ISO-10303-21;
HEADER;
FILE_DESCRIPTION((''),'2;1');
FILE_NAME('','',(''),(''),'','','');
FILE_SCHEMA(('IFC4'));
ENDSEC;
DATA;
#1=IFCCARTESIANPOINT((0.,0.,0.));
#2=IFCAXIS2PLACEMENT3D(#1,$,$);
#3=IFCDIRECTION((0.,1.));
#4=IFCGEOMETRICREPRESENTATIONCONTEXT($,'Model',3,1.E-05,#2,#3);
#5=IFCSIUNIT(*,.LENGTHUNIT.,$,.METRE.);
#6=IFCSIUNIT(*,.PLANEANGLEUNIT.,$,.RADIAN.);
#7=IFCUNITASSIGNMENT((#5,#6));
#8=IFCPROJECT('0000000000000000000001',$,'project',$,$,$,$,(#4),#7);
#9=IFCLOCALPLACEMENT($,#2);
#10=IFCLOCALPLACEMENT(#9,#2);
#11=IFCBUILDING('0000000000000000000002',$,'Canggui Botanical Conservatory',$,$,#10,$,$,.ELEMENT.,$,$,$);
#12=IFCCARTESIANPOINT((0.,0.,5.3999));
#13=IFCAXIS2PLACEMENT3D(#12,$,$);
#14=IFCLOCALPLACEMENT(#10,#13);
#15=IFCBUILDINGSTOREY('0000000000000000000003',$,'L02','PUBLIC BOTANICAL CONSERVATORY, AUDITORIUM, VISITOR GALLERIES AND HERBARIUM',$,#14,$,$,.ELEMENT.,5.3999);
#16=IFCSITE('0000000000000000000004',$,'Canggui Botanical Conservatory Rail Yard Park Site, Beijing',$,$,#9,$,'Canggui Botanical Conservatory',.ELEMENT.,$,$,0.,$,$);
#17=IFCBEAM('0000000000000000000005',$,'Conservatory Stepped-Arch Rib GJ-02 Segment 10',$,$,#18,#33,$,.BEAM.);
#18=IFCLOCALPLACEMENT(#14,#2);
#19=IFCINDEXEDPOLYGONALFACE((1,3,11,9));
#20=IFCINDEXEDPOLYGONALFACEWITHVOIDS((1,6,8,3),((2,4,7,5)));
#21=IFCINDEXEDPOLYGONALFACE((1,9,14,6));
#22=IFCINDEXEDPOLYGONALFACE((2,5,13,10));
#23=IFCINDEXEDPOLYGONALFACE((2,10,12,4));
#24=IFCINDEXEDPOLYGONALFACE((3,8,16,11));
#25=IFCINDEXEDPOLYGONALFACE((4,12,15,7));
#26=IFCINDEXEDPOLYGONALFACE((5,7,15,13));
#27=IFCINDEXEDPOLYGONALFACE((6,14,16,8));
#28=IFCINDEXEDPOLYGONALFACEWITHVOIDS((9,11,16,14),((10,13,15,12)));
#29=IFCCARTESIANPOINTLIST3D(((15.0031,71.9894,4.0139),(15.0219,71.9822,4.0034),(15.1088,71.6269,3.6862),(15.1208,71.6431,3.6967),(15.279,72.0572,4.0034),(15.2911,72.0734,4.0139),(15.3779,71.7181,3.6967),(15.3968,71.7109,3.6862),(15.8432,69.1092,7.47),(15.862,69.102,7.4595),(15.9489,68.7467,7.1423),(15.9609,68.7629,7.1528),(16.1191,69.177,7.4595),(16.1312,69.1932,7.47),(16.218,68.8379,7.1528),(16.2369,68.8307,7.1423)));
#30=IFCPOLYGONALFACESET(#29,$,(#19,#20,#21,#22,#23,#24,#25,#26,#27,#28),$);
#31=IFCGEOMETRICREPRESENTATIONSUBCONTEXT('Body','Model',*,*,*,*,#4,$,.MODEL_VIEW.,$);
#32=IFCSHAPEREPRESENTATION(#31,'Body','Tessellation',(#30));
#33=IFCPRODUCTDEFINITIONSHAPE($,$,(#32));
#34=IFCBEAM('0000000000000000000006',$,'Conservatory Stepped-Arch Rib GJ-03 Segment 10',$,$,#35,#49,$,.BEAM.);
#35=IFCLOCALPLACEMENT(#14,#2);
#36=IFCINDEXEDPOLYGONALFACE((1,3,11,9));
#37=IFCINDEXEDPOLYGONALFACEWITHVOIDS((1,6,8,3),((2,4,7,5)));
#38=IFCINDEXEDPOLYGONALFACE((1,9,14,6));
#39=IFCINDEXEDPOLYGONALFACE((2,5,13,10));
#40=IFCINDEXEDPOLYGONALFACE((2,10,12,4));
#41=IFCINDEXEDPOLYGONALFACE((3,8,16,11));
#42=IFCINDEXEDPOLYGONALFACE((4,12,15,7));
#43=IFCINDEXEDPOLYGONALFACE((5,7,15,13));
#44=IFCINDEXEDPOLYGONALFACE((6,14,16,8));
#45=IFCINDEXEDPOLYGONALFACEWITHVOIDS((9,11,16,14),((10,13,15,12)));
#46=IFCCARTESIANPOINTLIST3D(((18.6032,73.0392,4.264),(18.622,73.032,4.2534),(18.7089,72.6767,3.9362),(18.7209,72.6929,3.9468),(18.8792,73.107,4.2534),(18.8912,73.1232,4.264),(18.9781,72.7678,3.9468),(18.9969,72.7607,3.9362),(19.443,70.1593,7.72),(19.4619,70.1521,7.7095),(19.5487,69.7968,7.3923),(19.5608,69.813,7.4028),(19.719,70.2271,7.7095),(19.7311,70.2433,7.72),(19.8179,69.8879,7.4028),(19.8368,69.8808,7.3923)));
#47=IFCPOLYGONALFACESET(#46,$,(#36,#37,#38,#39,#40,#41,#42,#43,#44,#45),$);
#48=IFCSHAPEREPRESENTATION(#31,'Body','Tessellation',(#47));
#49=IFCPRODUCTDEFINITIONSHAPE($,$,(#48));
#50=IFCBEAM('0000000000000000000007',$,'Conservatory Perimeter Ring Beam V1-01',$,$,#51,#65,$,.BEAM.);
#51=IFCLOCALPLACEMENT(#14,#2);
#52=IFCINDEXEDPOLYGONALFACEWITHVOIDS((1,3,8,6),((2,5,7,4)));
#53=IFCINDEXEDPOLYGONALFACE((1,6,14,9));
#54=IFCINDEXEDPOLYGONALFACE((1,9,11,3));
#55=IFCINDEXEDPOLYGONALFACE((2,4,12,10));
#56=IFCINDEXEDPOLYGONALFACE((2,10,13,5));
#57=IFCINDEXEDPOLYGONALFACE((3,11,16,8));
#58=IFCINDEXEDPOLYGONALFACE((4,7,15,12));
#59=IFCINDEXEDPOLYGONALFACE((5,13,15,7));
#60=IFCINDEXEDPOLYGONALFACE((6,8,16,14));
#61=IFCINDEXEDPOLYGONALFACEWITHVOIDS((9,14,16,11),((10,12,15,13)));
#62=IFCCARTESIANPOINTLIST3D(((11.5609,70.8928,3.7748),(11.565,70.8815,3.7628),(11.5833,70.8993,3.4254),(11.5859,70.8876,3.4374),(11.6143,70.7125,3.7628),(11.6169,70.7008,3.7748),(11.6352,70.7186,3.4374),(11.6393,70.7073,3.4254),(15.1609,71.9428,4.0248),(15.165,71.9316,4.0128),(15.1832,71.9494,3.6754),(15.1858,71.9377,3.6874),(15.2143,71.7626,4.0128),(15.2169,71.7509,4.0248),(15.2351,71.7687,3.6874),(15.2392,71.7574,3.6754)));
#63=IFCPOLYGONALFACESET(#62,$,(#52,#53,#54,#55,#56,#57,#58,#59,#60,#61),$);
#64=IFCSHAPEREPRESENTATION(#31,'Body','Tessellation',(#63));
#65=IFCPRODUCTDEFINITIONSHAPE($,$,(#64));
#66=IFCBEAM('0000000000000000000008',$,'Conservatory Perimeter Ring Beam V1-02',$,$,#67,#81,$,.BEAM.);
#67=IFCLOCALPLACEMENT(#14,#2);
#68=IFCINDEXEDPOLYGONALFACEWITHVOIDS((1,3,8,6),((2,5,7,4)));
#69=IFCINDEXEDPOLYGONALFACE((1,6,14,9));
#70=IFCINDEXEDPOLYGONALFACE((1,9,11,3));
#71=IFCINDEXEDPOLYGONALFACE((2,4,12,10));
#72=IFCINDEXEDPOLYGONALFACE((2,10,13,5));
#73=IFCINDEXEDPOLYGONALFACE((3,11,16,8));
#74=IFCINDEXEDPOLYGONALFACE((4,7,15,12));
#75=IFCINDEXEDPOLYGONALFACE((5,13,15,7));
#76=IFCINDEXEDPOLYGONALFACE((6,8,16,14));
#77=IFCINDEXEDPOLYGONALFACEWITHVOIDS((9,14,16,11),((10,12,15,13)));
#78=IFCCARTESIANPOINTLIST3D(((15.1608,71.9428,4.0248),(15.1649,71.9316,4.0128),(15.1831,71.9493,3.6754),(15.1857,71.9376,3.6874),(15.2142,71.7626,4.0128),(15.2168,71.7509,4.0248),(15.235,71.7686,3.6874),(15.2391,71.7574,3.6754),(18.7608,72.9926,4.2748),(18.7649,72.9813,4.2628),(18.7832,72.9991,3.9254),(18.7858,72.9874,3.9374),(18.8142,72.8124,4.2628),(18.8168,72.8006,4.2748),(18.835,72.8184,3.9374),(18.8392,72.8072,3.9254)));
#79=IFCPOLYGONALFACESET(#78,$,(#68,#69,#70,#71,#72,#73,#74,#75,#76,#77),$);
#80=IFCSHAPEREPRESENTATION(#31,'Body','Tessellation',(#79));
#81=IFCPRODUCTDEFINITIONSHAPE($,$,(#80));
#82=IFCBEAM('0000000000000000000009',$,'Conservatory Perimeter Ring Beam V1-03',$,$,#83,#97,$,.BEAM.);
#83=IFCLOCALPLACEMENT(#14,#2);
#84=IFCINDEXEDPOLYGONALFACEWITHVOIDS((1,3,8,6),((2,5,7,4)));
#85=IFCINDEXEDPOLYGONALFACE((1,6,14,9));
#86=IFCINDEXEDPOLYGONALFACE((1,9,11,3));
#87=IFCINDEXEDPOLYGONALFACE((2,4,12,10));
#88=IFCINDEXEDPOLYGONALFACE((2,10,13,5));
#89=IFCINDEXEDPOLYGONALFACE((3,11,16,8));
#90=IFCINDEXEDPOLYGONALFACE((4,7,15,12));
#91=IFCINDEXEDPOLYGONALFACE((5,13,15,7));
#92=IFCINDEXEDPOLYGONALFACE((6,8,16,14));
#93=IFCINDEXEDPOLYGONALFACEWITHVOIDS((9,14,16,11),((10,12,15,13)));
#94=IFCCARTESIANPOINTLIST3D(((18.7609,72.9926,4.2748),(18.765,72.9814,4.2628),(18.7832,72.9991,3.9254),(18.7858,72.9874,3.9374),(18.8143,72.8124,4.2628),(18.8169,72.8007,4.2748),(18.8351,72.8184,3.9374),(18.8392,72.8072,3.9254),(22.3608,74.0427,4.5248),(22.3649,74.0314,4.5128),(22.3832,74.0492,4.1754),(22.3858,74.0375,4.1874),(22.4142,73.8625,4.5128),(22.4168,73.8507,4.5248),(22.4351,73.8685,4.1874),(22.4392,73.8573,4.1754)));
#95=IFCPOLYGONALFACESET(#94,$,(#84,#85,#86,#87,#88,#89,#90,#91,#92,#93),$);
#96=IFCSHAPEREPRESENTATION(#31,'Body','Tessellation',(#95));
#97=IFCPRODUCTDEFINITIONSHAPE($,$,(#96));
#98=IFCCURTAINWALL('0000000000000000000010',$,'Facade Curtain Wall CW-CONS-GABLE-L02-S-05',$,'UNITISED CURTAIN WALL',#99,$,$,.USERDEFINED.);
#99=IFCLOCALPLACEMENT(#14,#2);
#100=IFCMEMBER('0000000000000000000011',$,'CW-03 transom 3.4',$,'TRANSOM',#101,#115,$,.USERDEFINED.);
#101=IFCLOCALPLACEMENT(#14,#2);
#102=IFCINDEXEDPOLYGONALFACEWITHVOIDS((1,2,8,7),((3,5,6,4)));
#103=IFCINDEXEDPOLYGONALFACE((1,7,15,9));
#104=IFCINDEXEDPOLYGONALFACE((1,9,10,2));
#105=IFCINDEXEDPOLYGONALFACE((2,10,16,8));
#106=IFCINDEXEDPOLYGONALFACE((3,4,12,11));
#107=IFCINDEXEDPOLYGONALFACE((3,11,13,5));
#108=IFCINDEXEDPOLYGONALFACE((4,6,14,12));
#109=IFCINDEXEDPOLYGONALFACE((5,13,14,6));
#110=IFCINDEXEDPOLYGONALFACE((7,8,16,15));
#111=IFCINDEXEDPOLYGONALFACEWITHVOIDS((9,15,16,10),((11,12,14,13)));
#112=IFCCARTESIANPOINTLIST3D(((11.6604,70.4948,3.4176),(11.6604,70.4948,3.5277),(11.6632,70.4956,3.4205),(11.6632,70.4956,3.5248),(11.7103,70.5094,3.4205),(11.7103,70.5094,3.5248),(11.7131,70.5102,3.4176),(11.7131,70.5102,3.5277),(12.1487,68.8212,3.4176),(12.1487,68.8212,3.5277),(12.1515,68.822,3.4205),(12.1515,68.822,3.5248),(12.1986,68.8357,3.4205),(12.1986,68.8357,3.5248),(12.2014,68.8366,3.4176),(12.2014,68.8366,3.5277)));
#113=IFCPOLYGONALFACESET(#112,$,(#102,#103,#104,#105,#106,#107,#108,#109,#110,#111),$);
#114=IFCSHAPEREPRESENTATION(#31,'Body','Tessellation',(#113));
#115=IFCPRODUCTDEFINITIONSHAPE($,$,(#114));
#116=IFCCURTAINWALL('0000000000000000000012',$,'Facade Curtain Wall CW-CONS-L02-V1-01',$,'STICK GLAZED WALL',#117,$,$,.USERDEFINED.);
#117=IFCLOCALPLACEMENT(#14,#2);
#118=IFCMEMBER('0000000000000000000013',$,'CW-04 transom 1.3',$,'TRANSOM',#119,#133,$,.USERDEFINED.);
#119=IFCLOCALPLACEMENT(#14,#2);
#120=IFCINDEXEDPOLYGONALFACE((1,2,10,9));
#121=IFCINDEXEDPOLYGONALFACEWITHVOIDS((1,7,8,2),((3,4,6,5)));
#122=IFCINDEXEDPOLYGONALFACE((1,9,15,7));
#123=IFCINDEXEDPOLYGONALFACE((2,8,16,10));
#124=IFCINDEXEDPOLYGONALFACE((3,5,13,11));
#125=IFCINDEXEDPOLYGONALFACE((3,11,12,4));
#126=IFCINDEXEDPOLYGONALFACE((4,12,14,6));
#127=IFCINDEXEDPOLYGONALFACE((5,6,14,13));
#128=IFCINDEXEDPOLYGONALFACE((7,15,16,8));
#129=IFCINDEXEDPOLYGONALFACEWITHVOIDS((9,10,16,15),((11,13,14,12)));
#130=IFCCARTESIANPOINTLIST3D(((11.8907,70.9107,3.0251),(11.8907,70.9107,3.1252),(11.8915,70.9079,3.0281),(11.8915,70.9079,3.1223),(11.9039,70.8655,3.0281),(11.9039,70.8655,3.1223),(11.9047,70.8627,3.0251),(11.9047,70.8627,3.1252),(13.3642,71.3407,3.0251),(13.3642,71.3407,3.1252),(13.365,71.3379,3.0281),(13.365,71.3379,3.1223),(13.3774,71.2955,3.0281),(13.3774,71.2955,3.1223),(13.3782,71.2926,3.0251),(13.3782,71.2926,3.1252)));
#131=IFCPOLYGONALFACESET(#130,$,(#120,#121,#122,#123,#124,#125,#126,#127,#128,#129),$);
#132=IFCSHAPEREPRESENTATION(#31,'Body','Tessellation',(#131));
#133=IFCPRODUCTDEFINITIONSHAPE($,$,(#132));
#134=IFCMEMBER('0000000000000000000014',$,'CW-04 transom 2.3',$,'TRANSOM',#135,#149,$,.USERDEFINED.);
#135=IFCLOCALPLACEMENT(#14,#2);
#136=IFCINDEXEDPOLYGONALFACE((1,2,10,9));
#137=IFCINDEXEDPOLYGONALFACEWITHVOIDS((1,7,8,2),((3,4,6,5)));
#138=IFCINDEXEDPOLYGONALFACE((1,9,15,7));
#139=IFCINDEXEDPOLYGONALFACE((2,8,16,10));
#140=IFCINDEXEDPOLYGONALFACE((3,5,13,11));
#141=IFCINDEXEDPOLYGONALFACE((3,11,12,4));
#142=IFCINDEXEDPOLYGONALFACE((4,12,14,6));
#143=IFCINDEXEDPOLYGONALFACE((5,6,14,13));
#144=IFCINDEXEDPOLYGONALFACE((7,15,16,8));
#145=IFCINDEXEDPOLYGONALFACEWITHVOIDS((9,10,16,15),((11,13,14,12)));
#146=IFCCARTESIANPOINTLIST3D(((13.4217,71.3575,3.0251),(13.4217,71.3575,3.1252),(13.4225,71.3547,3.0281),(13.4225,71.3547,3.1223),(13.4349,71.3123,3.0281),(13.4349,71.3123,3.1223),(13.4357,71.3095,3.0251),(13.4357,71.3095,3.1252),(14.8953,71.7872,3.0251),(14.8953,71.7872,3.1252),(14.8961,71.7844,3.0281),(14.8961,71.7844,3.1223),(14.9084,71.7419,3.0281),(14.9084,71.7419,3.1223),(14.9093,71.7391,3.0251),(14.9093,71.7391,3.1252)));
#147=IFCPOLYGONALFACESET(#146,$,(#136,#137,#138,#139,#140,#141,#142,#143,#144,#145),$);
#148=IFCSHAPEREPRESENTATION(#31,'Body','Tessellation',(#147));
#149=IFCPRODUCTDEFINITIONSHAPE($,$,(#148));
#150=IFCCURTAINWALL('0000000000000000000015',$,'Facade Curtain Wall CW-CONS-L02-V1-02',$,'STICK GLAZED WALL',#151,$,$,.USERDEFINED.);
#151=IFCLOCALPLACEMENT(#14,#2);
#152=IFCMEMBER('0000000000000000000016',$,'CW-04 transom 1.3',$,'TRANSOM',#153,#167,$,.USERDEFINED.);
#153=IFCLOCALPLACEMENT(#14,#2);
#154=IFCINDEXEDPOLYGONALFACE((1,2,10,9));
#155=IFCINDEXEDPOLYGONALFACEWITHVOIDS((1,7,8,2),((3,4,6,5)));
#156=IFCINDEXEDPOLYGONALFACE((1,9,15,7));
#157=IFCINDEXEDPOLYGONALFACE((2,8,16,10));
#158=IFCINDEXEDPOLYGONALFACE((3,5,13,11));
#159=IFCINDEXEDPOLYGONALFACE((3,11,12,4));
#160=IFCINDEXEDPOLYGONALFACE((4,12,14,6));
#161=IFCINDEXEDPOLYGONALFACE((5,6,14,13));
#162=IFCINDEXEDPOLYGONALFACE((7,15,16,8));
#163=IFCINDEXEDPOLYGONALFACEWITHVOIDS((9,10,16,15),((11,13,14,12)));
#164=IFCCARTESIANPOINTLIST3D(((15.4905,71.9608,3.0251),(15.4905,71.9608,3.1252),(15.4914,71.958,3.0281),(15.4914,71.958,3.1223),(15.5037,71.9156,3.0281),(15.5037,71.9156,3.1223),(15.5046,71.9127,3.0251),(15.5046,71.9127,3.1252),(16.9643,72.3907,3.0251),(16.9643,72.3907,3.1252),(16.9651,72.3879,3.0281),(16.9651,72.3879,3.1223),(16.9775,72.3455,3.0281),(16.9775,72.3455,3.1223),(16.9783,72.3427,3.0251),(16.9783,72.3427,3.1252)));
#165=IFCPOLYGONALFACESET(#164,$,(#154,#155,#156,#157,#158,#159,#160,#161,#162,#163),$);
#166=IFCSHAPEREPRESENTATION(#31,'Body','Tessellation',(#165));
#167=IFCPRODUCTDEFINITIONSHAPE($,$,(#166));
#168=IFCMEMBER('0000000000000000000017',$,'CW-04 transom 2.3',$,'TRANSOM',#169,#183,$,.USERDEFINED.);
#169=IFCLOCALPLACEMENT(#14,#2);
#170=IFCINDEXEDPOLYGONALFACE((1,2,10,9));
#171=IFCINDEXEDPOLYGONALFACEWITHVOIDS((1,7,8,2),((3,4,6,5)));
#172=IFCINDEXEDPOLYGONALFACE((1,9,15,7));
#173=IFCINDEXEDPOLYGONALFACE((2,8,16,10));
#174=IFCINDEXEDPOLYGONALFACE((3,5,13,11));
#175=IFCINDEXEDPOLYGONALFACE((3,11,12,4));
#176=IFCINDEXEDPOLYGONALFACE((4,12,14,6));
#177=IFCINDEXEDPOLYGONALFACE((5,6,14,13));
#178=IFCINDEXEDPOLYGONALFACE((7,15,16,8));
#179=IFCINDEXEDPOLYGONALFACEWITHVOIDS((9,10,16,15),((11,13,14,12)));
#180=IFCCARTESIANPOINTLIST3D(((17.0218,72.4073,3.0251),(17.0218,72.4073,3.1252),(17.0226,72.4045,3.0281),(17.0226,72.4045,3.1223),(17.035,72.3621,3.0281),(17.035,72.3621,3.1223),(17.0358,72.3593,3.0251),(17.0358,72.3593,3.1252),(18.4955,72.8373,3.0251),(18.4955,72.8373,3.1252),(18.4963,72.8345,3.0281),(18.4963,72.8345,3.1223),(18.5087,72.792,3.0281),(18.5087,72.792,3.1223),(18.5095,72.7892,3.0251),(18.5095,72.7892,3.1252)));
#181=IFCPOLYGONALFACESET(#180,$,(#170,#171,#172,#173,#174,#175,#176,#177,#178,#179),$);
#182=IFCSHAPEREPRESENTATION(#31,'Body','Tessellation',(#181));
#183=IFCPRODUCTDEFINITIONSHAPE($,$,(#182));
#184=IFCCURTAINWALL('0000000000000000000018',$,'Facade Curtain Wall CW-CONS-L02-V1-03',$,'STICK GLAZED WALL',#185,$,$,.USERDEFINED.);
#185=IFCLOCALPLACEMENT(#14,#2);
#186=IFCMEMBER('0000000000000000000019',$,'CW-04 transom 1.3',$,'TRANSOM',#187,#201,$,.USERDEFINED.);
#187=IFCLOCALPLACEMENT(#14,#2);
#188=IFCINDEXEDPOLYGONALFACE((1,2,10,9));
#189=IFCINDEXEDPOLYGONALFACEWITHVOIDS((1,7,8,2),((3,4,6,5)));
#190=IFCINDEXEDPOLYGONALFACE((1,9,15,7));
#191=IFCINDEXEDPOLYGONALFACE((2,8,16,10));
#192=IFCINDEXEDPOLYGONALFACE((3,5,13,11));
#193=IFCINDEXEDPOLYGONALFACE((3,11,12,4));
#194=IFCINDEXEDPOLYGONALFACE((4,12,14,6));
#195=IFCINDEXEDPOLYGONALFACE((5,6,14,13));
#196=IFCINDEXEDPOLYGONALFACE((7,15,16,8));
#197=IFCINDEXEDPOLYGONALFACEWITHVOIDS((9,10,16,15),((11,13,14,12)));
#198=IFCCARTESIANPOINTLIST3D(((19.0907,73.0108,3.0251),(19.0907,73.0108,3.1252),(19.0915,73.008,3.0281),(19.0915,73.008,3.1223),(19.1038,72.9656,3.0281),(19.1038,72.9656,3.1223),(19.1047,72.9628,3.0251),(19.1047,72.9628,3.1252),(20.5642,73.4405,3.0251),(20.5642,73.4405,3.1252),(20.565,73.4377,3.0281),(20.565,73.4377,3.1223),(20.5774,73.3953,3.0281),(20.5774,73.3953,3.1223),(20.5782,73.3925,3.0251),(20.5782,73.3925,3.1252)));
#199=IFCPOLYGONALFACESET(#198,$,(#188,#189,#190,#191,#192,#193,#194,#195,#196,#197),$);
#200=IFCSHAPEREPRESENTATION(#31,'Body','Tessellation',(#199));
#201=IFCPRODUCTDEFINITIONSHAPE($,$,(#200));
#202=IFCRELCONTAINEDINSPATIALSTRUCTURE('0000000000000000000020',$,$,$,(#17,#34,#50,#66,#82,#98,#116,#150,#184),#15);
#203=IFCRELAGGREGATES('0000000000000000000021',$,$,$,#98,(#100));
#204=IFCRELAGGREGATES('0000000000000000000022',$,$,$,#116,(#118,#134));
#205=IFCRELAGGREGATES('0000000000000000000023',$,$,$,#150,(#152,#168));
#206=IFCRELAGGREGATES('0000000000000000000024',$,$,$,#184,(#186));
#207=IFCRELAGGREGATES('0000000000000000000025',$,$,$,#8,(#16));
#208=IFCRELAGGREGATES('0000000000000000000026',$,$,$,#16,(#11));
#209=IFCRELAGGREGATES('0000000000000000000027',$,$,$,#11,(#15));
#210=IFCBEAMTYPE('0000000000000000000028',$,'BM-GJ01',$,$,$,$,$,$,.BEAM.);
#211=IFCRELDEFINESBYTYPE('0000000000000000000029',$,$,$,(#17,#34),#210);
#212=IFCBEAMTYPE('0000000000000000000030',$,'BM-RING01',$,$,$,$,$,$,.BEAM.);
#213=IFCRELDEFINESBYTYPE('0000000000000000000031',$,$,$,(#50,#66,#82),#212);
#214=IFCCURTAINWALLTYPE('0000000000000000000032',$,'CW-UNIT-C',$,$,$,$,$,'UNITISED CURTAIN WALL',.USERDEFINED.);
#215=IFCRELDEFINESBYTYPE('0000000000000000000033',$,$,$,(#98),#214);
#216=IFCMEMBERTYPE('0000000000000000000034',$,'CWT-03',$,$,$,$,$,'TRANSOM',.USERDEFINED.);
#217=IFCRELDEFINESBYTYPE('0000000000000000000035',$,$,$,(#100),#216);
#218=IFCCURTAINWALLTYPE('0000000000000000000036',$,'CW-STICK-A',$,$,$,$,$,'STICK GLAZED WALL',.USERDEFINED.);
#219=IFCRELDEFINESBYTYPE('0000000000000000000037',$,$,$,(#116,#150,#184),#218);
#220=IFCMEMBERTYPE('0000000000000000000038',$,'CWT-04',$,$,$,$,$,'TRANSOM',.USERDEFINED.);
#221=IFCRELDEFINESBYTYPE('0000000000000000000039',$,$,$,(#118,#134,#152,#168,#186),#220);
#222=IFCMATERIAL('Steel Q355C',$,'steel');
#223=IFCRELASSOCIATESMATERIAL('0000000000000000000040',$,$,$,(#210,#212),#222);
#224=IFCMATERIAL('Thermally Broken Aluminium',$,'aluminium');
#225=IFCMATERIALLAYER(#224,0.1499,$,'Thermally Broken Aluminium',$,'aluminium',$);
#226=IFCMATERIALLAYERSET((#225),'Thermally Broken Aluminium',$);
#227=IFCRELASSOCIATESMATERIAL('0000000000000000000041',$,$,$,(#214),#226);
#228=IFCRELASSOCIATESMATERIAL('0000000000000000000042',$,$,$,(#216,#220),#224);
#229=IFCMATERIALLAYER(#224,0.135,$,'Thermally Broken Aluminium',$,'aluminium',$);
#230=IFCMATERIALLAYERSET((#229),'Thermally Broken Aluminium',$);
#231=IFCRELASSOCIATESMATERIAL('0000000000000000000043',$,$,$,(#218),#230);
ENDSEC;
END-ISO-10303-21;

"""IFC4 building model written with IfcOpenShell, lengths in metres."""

from ifc_helpers import new_model, si_unit, direction, frame, origin, origin_2d, place, context, subcontext, project, spatial, hollow_rectangle, extrude, material, layer, layer_set, material_profile, profile_set, type_object, element, aggregate, save


model = new_model("IFC4")

# Units and contexts
model_context = context("Model", 3, precision=1e-05, world=origin(), true_north=direction((0.0, 1.0)))
body_context = subcontext(model_context, "Body", "Model", "MODEL_VIEW")
ifc_project = project(units=[si_unit("LENGTHUNIT", "METRE"), si_unit("PLANEANGLEUNIT", "RADIAN")], contexts=[model_context])

# Site, building, storey
site_placement = place(None, origin())
site = spatial("IfcSite", under=ifc_project, at=site_placement, Name="Canggui Botanical Conservatory Rail Yard Park Site, Beijing", LongName="Canggui Botanical Conservatory", CompositionType="ELEMENT", RefElevation=0.0)
building_placement = place(site_placement, origin())
building = spatial("IfcBuilding", under=site, at=building_placement, Name="Canggui Botanical Conservatory", CompositionType="ELEMENT")
storey_placement = place(building_placement, frame((0.0, 0.0, 5.3999)))
storey = spatial("IfcBuildingStorey", under=building, at=storey_placement, Name="L02", Description="PUBLIC BOTANICAL CONSERVATORY, AUDITORIUM, VISITOR GALLERIES AND HERBARIUM", CompositionType="ELEMENT", Elevation=5.3999)

# Beams
ifc_material_1 = material(Name="Steel Q355C", Category="steel")
ifc_material_profile_1 = material_profile(ifc_material_1, hollow_rectangle(XDim=0.3, YDim=0.5, WallThickness=0.0161, at=origin_2d()), Name="RHS 300x500x16")
ifc_profile_set_1 = profile_set([ifc_material_profile_1], Name="Steel Q355C")
beam_type_1 = type_object("IfcBeamType", Name="BM-GJ01", PredefinedType="BEAM", material=ifc_profile_set_1)
beam_1_placement = place(storey_placement, frame((16.04, 68.97, 7.3062), z_axis=(-0.183562, 0.629317, -0.755159), x_axis=(-0.959995, -0.280016, 0.0)))
element("IfcBeam", 1, at=beam_1_placement, inside=storey, type_object=beam_type_1, Name="Conservatory Stepped-Arch Rib GJ-02 Segment 10", PredefinedType="BEAM", context=body_context, shape_type="SweptSolid", body=[
    extrude(hollow_rectangle(XDim=0.3, YDim=0.5, WallThickness=0.0161, at=origin_2d()), origin(), (0.0, 0.0, 1.0), 4.5767),
])
beam_2_placement = place(storey_placement, frame((19.6399, 70.02, 7.5562), z_axis=(-0.183517, 0.629291, -0.755192), x_axis=(-0.960011, -0.279962, 0.0)))
element("IfcBeam", 2, at=beam_2_placement, inside=storey, type_object=beam_type_1, Name="Conservatory Stepped-Arch Rib GJ-03 Segment 10", PredefinedType="BEAM", context=body_context, shape_type="SweptSolid", body=[
    extrude(hollow_rectangle(XDim=0.3, YDim=0.5, WallThickness=0.0161, at=origin_2d()), origin(), (0.0, 0.0, 1.0), 4.5764),
])
ifc_material_profile_2 = material_profile(ifc_material_1, hollow_rectangle(XDim=0.2, YDim=0.3501, WallThickness=0.012, at=origin_2d()), Name="RHS 200x350x12")
ifc_profile_set_2 = profile_set([ifc_material_profile_2], Name="Steel Q355C")
beam_type_2 = type_object("IfcBeamType", Name="BM-RING01", PredefinedType="BEAM", material=ifc_profile_set_2)
for number, where, z_axis, x_axis, name in (
    (3, (11.6001, 70.8, 3.6001), (0.957867, 0.279402, 0.066521), (-0.280023, 0.959993, 0.0), "Conservatory Perimeter Ring Beam V1-01"),
    (4, (15.2, 71.8501, 3.8501), (0.95789, 0.279325, 0.066518), (-0.279945, 0.960016, 0.0), "Conservatory Perimeter Ring Beam V1-02"),
    (5, (18.8, 72.8999, 4.1001), (0.957867, 0.279402, 0.066521), (-0.280023, 0.959993, 0.0), "Conservatory Perimeter Ring Beam V1-03"),
):
    element("IfcBeam", number, at=place(storey_placement, frame(where, z_axis=z_axis, x_axis=x_axis)), inside=storey, type_object=beam_type_2, Name=name, PredefinedType="BEAM", context=body_context, shape_type="SweptSolid", body=[
        extrude(hollow_rectangle(XDim=0.2, YDim=0.3501, WallThickness=0.012, at=origin_2d()), origin(), (0.0, 0.0, 1.0), 3.7583),
    ])

# Curtain wall, member
ifc_material_2 = material(Name="Thermally Broken Aluminium", Category="aluminium")
ifc_layer_1 = layer(ifc_material_2, 0.1499, Name="Thermally Broken Aluminium", Category="aluminium")
ifc_layer_set_1 = layer_set([ifc_layer_1], Name="Thermally Broken Aluminium")
curtain_wall_type_1 = type_object("IfcCurtainWallType", Name="CW-UNIT-C", ElementType="UNITISED CURTAIN WALL", PredefinedType="USERDEFINED", material=ifc_layer_set_1)
curtain_wall_1_placement = place(storey_placement, origin())
curtain_wall_1 = element("IfcCurtainWall", 6, at=curtain_wall_1_placement, inside=storey, type_object=curtain_wall_type_1, Name="Facade Curtain Wall CW-CONS-GABLE-L02-S-05", ObjectType="UNITISED CURTAIN WALL", PredefinedType="USERDEFINED")
ifc_material_profile_3 = material_profile(ifc_material_2, hollow_rectangle(XDim=0.0549, YDim=0.1101, WallThickness=0.0029, at=origin_2d()), Name="CWT 55x110x3")
ifc_profile_set_3 = profile_set([ifc_material_profile_3], Name="Thermally Broken Aluminium")
member_type_1 = type_object("IfcMemberType", Name="CWT-03", ElementType="TRANSOM", PredefinedType="USERDEFINED", material=ifc_profile_set_3)
member_1_placement = place(storey_placement, frame((12.175, 68.8289, 3.4727), z_axis=(-0.280081, 0.959976, 0.0), x_axis=(-0.959976, -0.280081, 0.0)))
member_1 = element("IfcMember", 7, at=member_1_placement, type_object=member_type_1, Name="CW-03 transom 3.4", ObjectType="TRANSOM", PredefinedType="USERDEFINED", context=body_context, shape_type="SweptSolid", body=[
    extrude(hollow_rectangle(XDim=0.0549, YDim=0.1101, WallThickness=0.0029, at=origin_2d()), origin(), (0.0, 0.0, 1.0), 1.7434),
])
aggregate(curtain_wall_1, [member_1])

# Curtain walls, members
ifc_layer_2 = layer(ifc_material_2, 0.135, Name="Thermally Broken Aluminium", Category="aluminium")
ifc_layer_set_2 = layer_set([ifc_layer_2], Name="Thermally Broken Aluminium")
curtain_wall_type_2 = type_object("IfcCurtainWallType", Name="CW-STICK-A", ElementType="STICK GLAZED WALL", PredefinedType="USERDEFINED", material=ifc_layer_set_2)
curtain_wall_2_placement = place(storey_placement, origin())
curtain_wall_2 = element("IfcCurtainWall", 8, at=curtain_wall_2_placement, inside=storey, type_object=curtain_wall_type_2, Name="Facade Curtain Wall CW-CONS-L02-V1-01", ObjectType="STICK GLAZED WALL", PredefinedType="USERDEFINED")
ifc_material_profile_4 = material_profile(ifc_material_2, hollow_rectangle(XDim=0.05, YDim=0.1001, WallThickness=0.0029, at=origin_2d()), Name="CWT 50x100x3")
ifc_profile_set_4 = profile_set([ifc_material_profile_4], Name="Thermally Broken Aluminium")
member_type_2 = type_object("IfcMemberType", Name="CWT-04", ElementType="TRANSOM", PredefinedType="USERDEFINED", material=ifc_profile_set_4)
member_2_placement = place(storey_placement, frame((11.8977, 70.8867, 3.0752), z_axis=(0.959966, 0.280116, 0.0), x_axis=(-0.280116, 0.959966, 0.0)))
member_2 = element("IfcMember", 9, at=member_2_placement, type_object=member_type_2, Name="CW-04 transom 1.3", ObjectType="TRANSOM", PredefinedType="USERDEFINED", context=body_context, shape_type="SweptSolid", body=[
    extrude(hollow_rectangle(XDim=0.05, YDim=0.1001, WallThickness=0.0029, at=origin_2d()), origin(), (0.0, 0.0, 1.0), 1.5349),
])
member_3_placement = place(storey_placement, frame((13.4287, 71.3335, 3.0752), z_axis=(0.960021, 0.279927, 0.0), x_axis=(-0.279927, 0.960021, 0.0)))
member_3 = element("IfcMember", 10, at=member_3_placement, type_object=member_type_2, Name="CW-04 transom 2.3", ObjectType="TRANSOM", PredefinedType="USERDEFINED", context=body_context, shape_type="SweptSolid", body=[
    extrude(hollow_rectangle(XDim=0.05, YDim=0.1001, WallThickness=0.0029, at=origin_2d()), origin(), (0.0, 0.0, 1.0), 1.5349),
])
aggregate(curtain_wall_2, [member_2, member_3])
curtain_wall_3_placement = place(storey_placement, origin())
curtain_wall_3 = element("IfcCurtainWall", 11, at=curtain_wall_3_placement, inside=storey, type_object=curtain_wall_type_2, Name="Facade Curtain Wall CW-CONS-L02-V1-02", ObjectType="STICK GLAZED WALL", PredefinedType="USERDEFINED")
member_4_placement = place(storey_placement, frame((15.4976, 71.9368, 3.0752), z_axis=(0.959979, 0.280073, 0.0), x_axis=(-0.280073, 0.959979, 0.0)))
member_4 = element("IfcMember", 12, at=member_4_placement, type_object=member_type_2, Name="CW-04 transom 1.3", ObjectType="TRANSOM", PredefinedType="USERDEFINED", context=body_context, shape_type="SweptSolid", body=[
    extrude(hollow_rectangle(XDim=0.05, YDim=0.1001, WallThickness=0.0029, at=origin_2d()), origin(), (0.0, 0.0, 1.0), 1.5352),
])
member_5_placement = place(storey_placement, frame((17.0288, 72.3833, 3.0752), z_axis=(0.959979, 0.280073, 0.0), x_axis=(-0.280073, 0.959979, 0.0)))
member_5 = element("IfcMember", 13, at=member_5_placement, type_object=member_type_2, Name="CW-04 transom 2.3", ObjectType="TRANSOM", PredefinedType="USERDEFINED", context=body_context, shape_type="SweptSolid", body=[
    extrude(hollow_rectangle(XDim=0.05, YDim=0.1001, WallThickness=0.0029, at=origin_2d()), origin(), (0.0, 0.0, 1.0), 1.5352),
])
aggregate(curtain_wall_3, [member_4, member_5])

# Curtain wall, member
curtain_wall_4_placement = place(storey_placement, origin())
curtain_wall_4 = element("IfcCurtainWall", 14, at=curtain_wall_4_placement, inside=storey, type_object=curtain_wall_type_2, Name="Facade Curtain Wall CW-CONS-L02-V1-03", ObjectType="STICK GLAZED WALL", PredefinedType="USERDEFINED")
member_6_placement = place(storey_placement, frame((19.0977, 72.9868, 3.0752), z_axis=(0.960021, 0.279927, 0.0), x_axis=(-0.279927, 0.960021, 0.0)))
member_6 = element("IfcMember", 15, at=member_6_placement, type_object=member_type_2, Name="CW-04 transom 1.3", ObjectType="TRANSOM", PredefinedType="USERDEFINED", context=body_context, shape_type="SweptSolid", body=[
    extrude(hollow_rectangle(XDim=0.05, YDim=0.1001, WallThickness=0.0029, at=origin_2d()), origin(), (0.0, 0.0, 1.0), 1.5349),
])
aggregate(curtain_wall_4, [member_6])

save(model, "model.ifc")
